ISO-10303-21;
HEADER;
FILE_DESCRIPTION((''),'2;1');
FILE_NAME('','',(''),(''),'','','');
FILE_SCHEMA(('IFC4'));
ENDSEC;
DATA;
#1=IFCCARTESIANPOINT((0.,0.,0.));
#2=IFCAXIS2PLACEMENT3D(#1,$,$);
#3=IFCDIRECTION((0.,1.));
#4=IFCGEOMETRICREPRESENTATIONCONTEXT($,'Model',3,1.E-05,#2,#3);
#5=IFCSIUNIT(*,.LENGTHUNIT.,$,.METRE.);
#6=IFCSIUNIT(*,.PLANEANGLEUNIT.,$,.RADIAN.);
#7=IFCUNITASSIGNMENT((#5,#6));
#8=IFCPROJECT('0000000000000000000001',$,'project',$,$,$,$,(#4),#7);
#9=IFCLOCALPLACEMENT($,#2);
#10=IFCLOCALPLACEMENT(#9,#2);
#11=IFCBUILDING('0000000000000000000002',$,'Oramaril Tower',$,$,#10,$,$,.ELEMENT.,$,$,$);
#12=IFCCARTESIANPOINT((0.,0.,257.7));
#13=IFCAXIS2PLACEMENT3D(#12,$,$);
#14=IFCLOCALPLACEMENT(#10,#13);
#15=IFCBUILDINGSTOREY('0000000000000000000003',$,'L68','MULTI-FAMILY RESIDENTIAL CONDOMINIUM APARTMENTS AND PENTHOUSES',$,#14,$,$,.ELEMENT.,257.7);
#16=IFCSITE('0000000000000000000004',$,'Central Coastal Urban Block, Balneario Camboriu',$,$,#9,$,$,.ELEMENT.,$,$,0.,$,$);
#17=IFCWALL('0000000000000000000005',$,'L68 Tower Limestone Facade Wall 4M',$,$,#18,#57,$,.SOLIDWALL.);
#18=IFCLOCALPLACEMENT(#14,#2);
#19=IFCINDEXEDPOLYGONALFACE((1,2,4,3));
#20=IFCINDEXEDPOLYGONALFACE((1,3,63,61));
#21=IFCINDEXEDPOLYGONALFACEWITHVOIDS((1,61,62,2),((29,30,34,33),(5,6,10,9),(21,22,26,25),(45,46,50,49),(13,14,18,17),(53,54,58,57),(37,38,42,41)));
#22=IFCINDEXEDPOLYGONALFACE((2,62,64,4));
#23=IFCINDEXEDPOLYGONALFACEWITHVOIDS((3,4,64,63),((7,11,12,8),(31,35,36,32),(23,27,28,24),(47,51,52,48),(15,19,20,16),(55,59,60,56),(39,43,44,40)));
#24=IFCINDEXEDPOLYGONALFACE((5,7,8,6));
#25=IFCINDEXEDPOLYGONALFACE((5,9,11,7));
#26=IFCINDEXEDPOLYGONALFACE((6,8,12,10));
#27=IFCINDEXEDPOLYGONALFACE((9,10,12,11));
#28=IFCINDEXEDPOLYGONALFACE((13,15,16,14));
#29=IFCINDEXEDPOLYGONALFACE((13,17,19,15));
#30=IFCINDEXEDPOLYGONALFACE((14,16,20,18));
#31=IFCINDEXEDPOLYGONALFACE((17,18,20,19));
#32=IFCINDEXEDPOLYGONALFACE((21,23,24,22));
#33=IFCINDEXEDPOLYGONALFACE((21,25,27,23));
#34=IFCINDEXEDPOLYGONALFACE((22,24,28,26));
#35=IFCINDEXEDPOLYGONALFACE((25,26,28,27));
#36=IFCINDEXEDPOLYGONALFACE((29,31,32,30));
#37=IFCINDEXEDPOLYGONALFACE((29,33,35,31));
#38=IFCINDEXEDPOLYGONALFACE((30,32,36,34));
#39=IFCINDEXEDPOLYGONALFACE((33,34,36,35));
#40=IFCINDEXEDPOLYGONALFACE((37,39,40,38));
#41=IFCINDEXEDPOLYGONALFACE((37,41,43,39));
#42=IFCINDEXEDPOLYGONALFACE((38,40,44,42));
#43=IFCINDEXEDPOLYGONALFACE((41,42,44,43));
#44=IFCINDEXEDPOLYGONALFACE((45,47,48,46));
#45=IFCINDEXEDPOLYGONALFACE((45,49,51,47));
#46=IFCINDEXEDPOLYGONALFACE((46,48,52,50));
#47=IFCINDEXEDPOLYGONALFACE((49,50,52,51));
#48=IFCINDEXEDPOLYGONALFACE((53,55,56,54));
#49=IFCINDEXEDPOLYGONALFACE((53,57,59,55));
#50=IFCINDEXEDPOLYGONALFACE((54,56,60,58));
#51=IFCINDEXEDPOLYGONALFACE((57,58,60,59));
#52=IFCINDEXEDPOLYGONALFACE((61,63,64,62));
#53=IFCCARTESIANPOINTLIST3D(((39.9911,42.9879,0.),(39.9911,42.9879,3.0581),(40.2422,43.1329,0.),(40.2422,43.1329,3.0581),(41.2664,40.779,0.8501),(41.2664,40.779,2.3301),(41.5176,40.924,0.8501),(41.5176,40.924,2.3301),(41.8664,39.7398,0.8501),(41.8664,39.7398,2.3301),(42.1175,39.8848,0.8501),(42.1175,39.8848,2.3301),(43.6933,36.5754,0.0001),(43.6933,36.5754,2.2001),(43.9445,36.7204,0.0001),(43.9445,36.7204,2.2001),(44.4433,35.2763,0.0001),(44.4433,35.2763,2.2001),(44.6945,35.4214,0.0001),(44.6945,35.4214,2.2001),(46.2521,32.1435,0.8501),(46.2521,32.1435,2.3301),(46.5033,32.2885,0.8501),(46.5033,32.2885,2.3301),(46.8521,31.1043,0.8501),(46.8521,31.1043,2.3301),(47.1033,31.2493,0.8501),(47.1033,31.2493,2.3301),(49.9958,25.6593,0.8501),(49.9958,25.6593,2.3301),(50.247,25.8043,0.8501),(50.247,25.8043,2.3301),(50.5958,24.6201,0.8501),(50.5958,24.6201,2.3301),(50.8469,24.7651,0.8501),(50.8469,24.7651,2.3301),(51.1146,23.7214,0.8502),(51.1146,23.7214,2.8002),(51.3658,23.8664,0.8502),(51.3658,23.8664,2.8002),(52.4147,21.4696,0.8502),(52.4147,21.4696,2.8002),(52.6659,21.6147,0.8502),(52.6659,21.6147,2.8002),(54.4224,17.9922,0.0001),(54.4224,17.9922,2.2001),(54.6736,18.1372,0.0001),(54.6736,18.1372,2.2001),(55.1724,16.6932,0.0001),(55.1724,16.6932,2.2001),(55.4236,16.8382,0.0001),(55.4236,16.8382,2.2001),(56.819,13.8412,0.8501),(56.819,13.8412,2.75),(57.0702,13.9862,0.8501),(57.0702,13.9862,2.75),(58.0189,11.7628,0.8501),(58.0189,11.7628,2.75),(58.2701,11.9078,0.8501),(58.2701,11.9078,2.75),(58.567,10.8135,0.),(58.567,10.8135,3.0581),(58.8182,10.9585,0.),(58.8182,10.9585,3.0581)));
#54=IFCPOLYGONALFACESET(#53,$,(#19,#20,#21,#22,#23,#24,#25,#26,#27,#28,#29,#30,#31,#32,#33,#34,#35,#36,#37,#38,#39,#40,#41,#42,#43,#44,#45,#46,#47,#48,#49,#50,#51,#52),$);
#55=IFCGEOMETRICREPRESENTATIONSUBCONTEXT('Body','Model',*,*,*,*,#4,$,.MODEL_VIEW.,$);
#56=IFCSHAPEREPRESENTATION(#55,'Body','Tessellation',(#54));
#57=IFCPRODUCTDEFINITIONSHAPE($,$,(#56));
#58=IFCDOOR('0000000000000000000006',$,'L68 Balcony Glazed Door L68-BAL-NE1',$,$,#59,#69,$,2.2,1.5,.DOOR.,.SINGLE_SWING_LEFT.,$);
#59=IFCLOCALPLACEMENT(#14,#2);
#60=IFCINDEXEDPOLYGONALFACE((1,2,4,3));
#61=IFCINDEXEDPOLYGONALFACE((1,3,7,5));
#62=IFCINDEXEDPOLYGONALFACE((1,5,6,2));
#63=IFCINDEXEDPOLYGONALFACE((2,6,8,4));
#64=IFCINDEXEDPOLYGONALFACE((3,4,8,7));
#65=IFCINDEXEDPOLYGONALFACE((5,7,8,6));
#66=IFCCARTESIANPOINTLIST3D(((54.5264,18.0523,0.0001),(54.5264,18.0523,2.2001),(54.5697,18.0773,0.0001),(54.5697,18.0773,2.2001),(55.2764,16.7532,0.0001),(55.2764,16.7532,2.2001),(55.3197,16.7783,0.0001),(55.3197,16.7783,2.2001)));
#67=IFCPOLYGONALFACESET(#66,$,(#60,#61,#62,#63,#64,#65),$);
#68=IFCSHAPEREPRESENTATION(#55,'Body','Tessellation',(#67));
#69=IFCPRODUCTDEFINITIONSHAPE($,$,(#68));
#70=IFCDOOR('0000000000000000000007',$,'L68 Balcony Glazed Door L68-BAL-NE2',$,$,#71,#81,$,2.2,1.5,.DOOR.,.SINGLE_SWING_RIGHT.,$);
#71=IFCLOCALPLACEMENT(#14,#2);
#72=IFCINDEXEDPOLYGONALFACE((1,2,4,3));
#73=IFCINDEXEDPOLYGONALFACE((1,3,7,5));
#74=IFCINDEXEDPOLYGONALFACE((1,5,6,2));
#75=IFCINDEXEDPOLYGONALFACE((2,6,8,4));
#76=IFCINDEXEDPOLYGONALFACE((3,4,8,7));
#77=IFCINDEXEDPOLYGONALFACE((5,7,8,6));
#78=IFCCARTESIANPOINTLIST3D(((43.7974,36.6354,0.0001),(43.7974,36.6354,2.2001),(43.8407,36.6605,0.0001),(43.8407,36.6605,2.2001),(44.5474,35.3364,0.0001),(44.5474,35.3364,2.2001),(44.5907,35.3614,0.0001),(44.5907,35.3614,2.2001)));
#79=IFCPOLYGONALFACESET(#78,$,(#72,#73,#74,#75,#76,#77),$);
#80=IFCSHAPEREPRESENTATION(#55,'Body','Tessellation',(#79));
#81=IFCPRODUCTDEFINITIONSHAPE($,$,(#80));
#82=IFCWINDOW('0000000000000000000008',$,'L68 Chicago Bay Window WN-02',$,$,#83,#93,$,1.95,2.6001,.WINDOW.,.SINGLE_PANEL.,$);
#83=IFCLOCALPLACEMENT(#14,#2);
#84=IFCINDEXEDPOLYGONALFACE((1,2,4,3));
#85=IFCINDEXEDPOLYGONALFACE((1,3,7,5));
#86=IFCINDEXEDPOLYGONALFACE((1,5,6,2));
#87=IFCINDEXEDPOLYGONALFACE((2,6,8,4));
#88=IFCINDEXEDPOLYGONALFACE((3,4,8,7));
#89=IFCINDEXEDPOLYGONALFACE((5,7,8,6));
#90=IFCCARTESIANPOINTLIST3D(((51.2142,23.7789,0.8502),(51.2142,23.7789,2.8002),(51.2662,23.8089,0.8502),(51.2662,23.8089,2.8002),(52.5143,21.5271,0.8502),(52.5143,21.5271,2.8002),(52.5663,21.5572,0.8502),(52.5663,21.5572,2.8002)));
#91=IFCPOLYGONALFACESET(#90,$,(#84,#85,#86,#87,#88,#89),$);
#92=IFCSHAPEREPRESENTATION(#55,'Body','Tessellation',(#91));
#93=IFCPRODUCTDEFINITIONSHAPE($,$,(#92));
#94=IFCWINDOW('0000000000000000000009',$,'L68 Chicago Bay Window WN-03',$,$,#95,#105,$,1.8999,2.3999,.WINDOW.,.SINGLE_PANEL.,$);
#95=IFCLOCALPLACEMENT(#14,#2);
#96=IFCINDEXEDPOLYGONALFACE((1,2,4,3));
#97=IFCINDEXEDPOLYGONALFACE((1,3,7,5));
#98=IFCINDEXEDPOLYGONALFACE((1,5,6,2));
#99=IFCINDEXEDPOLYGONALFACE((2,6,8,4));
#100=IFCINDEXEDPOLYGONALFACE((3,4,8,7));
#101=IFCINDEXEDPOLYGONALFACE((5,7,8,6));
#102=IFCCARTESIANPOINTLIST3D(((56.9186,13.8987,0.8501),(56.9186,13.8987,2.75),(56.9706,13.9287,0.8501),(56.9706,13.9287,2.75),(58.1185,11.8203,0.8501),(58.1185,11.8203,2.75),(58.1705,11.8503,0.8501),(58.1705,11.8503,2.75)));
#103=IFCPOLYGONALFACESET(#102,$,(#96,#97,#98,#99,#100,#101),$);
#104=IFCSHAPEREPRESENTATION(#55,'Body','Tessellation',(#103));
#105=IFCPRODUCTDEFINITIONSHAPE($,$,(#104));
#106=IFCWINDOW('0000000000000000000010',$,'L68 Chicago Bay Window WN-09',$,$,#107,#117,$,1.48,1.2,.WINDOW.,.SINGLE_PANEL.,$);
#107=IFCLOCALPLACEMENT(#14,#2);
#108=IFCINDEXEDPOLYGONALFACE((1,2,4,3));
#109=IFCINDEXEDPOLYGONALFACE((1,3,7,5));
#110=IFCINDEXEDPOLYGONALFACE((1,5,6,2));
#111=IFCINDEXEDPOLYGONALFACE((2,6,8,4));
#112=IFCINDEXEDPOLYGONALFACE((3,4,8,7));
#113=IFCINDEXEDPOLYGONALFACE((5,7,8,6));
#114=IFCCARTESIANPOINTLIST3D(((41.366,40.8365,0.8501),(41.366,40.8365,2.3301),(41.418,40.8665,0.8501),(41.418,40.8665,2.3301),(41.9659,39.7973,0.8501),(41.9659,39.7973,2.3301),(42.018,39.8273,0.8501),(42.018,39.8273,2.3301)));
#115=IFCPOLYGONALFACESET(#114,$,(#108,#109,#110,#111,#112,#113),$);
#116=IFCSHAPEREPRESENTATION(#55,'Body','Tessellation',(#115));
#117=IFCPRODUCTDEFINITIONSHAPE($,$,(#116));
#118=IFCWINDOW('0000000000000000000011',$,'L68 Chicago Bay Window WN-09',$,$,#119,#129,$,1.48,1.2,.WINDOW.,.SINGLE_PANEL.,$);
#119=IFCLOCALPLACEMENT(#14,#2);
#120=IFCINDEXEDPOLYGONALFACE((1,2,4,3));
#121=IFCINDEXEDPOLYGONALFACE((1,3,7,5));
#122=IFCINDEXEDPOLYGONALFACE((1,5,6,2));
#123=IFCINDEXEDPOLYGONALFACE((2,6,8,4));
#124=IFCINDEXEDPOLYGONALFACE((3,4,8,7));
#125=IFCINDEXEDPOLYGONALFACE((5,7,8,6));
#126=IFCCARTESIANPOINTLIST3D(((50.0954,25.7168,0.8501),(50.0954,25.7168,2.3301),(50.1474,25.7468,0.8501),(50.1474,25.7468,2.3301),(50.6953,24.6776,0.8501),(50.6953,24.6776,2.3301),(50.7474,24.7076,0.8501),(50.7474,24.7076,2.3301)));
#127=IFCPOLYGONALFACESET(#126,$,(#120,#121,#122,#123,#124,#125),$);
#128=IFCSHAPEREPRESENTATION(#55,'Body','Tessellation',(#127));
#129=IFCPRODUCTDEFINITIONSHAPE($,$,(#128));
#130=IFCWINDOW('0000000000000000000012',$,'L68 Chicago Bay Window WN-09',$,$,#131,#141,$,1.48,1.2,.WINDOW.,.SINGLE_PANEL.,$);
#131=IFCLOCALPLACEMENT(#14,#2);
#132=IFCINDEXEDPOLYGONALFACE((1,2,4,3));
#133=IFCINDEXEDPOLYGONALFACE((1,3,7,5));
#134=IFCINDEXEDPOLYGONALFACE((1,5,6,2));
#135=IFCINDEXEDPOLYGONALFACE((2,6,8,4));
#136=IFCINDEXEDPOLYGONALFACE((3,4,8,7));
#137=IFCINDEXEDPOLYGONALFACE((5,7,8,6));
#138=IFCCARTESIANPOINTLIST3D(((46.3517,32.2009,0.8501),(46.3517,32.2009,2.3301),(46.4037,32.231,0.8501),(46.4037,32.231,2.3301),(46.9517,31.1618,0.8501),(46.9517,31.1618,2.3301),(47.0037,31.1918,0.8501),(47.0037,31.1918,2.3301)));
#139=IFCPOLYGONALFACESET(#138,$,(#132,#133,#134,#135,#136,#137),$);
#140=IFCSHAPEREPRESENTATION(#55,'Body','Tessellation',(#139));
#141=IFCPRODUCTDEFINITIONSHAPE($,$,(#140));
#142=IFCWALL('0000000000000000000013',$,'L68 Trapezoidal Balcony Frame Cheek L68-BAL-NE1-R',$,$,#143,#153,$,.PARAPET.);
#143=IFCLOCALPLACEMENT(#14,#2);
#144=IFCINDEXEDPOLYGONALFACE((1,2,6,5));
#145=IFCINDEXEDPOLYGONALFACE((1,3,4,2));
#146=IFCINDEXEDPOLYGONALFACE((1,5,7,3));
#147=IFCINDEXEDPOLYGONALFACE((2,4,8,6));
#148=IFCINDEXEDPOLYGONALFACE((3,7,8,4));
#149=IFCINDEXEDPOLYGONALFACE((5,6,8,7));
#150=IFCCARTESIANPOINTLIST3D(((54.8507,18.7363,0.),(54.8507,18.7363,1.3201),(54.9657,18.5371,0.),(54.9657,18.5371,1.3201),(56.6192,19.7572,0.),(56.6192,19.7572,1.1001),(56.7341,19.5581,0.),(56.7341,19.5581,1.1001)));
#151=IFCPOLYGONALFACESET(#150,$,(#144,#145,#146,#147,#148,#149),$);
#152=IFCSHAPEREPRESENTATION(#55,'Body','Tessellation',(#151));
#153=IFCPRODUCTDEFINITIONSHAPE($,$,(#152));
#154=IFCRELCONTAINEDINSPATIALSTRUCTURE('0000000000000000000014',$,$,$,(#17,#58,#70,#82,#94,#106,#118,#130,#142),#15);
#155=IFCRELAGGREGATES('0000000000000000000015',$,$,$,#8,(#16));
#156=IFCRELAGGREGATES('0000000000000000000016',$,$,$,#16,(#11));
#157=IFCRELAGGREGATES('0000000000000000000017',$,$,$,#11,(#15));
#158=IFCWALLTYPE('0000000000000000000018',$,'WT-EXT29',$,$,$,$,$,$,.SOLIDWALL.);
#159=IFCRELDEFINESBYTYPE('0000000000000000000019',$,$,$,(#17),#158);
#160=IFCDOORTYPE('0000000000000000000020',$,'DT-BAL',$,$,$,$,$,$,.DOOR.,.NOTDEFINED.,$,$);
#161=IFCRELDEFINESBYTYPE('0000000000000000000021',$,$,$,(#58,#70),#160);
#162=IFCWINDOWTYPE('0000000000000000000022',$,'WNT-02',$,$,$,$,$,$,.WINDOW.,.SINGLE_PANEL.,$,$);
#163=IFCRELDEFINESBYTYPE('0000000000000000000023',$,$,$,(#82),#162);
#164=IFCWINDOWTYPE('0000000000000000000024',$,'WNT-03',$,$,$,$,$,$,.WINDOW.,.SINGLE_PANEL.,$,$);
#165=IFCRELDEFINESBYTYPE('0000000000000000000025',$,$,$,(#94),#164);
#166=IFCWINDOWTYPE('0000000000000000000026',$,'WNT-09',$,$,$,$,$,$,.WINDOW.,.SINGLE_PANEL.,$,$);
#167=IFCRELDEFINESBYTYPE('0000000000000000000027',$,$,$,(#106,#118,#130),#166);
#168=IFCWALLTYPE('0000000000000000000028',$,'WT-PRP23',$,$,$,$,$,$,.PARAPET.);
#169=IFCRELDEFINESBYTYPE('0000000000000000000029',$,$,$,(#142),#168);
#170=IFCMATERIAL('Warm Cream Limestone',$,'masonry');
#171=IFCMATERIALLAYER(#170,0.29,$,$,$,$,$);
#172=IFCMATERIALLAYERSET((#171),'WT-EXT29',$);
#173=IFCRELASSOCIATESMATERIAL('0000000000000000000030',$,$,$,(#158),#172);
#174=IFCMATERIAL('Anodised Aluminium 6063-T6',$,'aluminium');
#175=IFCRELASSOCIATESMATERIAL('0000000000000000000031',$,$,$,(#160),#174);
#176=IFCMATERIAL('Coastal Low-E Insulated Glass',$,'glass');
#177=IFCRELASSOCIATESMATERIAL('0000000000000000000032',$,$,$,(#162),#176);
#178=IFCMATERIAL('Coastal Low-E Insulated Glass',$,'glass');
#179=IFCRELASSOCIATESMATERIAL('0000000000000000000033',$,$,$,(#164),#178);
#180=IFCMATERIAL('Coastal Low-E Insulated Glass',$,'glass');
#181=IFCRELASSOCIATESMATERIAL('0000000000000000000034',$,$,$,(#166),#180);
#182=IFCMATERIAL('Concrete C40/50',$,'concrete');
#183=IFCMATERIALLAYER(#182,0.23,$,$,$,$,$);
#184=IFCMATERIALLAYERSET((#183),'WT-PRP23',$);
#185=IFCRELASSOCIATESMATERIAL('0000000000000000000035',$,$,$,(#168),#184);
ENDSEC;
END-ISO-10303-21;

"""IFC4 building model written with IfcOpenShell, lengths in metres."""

from ifc_helpers import new_model, si_unit, direction, frame, frame_2d, origin, place, context, subcontext, project, spatial, polyline, rectangle, outline, extrude, material, layer, layer_set, type_object, element, fill, save


model = new_model("IFC4")

# Units and contexts
model_context = context("Model", 3, precision=1e-05, world=origin(), true_north=direction((0.0, 1.0)))
body_context = subcontext(model_context, "Body", "Model", "MODEL_VIEW")
ifc_project = project(units=[si_unit("LENGTHUNIT", "METRE"), si_unit("PLANEANGLEUNIT", "RADIAN")], contexts=[model_context])

# Site, building, storey
site_placement = place(None, origin())
site = spatial("IfcSite", under=ifc_project, at=site_placement, Name="Central Coastal Urban Block, Balneario Camboriu", CompositionType="ELEMENT", RefElevation=0.0)
building_placement = place(site_placement, origin())
building = spatial("IfcBuilding", under=site, at=building_placement, Name="Oramaril Tower", CompositionType="ELEMENT")
storey_placement = place(building_placement, frame((0.0, 0.0, 257.7)))
storey = spatial("IfcBuildingStorey", under=building, at=storey_placement, Name="L68", Description="MULTI-FAMILY RESIDENTIAL CONDOMINIUM APARTMENTS AND PENTHOUSES", CompositionType="ELEMENT", Elevation=257.7)

# Wall, openings, doors, windows
ifc_material_1 = material(Name="Warm Cream Limestone", Category="masonry")
ifc_layer_1 = layer(ifc_material_1, 0.29)
ifc_layer_set_1 = layer_set([ifc_layer_1], Name="WT-EXT29")
wall_type_1 = type_object("IfcWallType", Name="WT-EXT29", PredefinedType="SOLIDWALL", material=ifc_layer_set_1)
wall_1_placement = place(storey_placement, frame((58.6926, 10.886, 0.0), z_axis=(0.0, 0.0, 1.0), x_axis=(-0.500002, 0.866025, 0.0)))
wall_1 = element("IfcWall", 1, at=wall_1_placement, inside=storey, type_object=wall_type_1, Name="L68 Tower Limestone Facade Wall 4M", PredefinedType="SOLIDWALL", context=body_context, shape_type="SweptSolid", body=[
    extrude(rectangle(XDim=37.1519, YDim=0.29, at=frame_2d((18.5759, 0.0))), origin(), (0.0, 0.0, 1.0), 3.0581),
])
opening_1_placement = place(wall_1_placement, frame((6.7893, 0.0, 0.0)))
opening_1 = element("IfcOpeningElement", 2, at=opening_1_placement, cuts=wall_1, PredefinedType="OPENING", context=body_context, shape_type="SweptSolid", body=[
    extrude(rectangle(XDim=1.5, YDim=2.2, at=frame_2d((0.75, 1.1001))), frame((0.0, 0.145, 0.0), z_axis=(0.0, -1.0, 0.0), x_axis=(1.0, 0.0, 0.0)), (0.0, 0.0, 1.0), 0.29),
])
opening_2_placement = place(wall_1_placement, frame((28.2473, 0.0, 0.0)))
opening_2 = element("IfcOpeningElement", 3, at=opening_2_placement, cuts=wall_1, PredefinedType="OPENING", context=body_context, shape_type="SweptSolid", body=[
    extrude(rectangle(XDim=1.5, YDim=2.2, at=frame_2d((0.75, 1.1001))), frame((0.0, 0.145, 0.0), z_axis=(0.0, -1.0, 0.0), x_axis=(1.0, 0.0, 0.0)), (0.0, 0.0, 1.0), 0.29),
])
opening_3_placement = place(wall_1_placement, frame((12.3047, 0.0, 0.8501)))
opening_3 = element("IfcOpeningElement", 4, at=opening_3_placement, cuts=wall_1, PredefinedType="OPENING", context=body_context, shape_type="SweptSolid", body=[
    extrude(rectangle(XDim=2.6001, YDim=1.95, at=frame_2d((1.3, 0.9751))), frame((0.0, 0.145, 0.0), z_axis=(0.0, -1.0, 0.0), x_axis=(1.0, 0.0, 0.0)), (0.0, 0.0, 1.0), 0.29),
])
opening_4_placement = place(wall_1_placement, frame((1.0962, 0.0, 0.8501)))
opening_4 = element("IfcOpeningElement", 5, at=opening_4_placement, cuts=wall_1, PredefinedType="OPENING", context=body_context, shape_type="SweptSolid", body=[
    extrude(rectangle(XDim=2.3999, YDim=1.8999, at=frame_2d((1.2, 0.95))), frame((0.0, 0.145, 0.0), z_axis=(0.0, -1.0, 0.0), x_axis=(1.0, 0.0, 0.0)), (0.0, 0.0, 1.0), 0.29),
])
opening_5_placement = place(wall_1_placement, frame((33.4011, 0.0, 0.8501)))
opening_5 = element("IfcOpeningElement", 6, at=opening_5_placement, cuts=wall_1, PredefinedType="OPENING", context=body_context, shape_type="SweptSolid", body=[
    extrude(rectangle(XDim=1.2, YDim=1.48, at=frame_2d((0.6001, 0.74))), frame((0.0, 0.145, 0.0), z_axis=(0.0, -1.0, 0.0), x_axis=(1.0, 0.0, 0.0)), (0.0, 0.0, 1.0), 0.29),
])
opening_6_placement = place(wall_1_placement, frame((15.9424, 0.0, 0.8501)))
opening_6 = element("IfcOpeningElement", 7, at=opening_6_placement, cuts=wall_1, PredefinedType="OPENING", context=body_context, shape_type="SweptSolid", body=[
    extrude(rectangle(XDim=1.2, YDim=1.48, at=frame_2d((0.6001, 0.74))), frame((0.0, 0.145, 0.0), z_axis=(0.0, -1.0, 0.0), x_axis=(1.0, 0.0, 0.0)), (0.0, 0.0, 1.0), 0.29),
])
opening_7_placement = place(wall_1_placement, frame((23.4297, 0.0, 0.8501)))
opening_7 = element("IfcOpeningElement", 8, at=opening_7_placement, cuts=wall_1, PredefinedType="OPENING", context=body_context, shape_type="SweptSolid", body=[
    extrude(rectangle(XDim=1.2, YDim=1.48, at=frame_2d((0.6001, 0.74))), frame((0.0, 0.145, 0.0), z_axis=(0.0, -1.0, 0.0), x_axis=(1.0, 0.0, 0.0)), (0.0, 0.0, 1.0), 0.29),
])
ifc_material_2 = material(Name="Anodised Aluminium 6063-T6", Category="aluminium")
door_type = type_object("IfcDoorType", Name="DT-BAL", OperationType="NOTDEFINED", PredefinedType="DOOR", material=ifc_material_2)
door_1_placement = place(opening_1_placement, origin())
door_1 = element("IfcDoor", 9, at=door_1_placement, inside=storey, type_object=door_type, Name="L68 Balcony Glazed Door L68-BAL-NE1", OperationType="SINGLE_SWING_LEFT", OverallHeight=2.2, OverallWidth=1.5, PredefinedType="DOOR", context=body_context, shape_type="SweptSolid", body=[
    extrude(rectangle(XDim=1.5, YDim=2.2, at=frame_2d((0.75, 1.1001))), frame((0.0, 0.0249, 0.0), z_axis=(0.0, -1.0, 0.0), x_axis=(1.0, 0.0, 0.0)), (0.0, 0.0, 1.0), 0.05),
])
fill(opening_1, door_1)
door_2_placement = place(opening_2_placement, origin())
door_2 = element("IfcDoor", 10, at=door_2_placement, inside=storey, type_object=door_type, Name="L68 Balcony Glazed Door L68-BAL-NE2", OperationType="SINGLE_SWING_RIGHT", OverallHeight=2.2, OverallWidth=1.5, PredefinedType="DOOR", context=body_context, shape_type="SweptSolid", body=[
    extrude(rectangle(XDim=1.5, YDim=2.2, at=frame_2d((0.75, 1.1001))), frame((0.0, 0.0249, 0.0), z_axis=(0.0, -1.0, 0.0), x_axis=(1.0, 0.0, 0.0)), (0.0, 0.0, 1.0), 0.05),
])
fill(opening_2, door_2)
ifc_material_3 = material(Name="Coastal Low-E Insulated Glass", Category="glass")
window_type_1 = type_object("IfcWindowType", Name="WNT-02", PartitioningType="SINGLE_PANEL", PredefinedType="WINDOW", material=ifc_material_3)
window_1_placement = place(opening_3_placement, origin())
window_1 = element("IfcWindow", 11, at=window_1_placement, inside=storey, type_object=window_type_1, Name="L68 Chicago Bay Window WN-02", OverallHeight=1.95, OverallWidth=2.6001, PartitioningType="SINGLE_PANEL", PredefinedType="WINDOW", context=body_context, shape_type="SweptSolid", body=[
    extrude(rectangle(XDim=2.6001, YDim=1.95, at=frame_2d((1.3, 0.9751))), frame((0.0, 0.03, 0.0), z_axis=(0.0, -1.0, 0.0), x_axis=(1.0, 0.0, 0.0)), (0.0, 0.0, 1.0), 0.0601),
])
fill(opening_3, window_1)
ifc_material_4 = material(Name="Coastal Low-E Insulated Glass", Category="glass")
window_type_2 = type_object("IfcWindowType", Name="WNT-03", PartitioningType="SINGLE_PANEL", PredefinedType="WINDOW", material=ifc_material_4)
window_2_placement = place(opening_4_placement, origin())
window_2 = element("IfcWindow", 12, at=window_2_placement, inside=storey, type_object=window_type_2, Name="L68 Chicago Bay Window WN-03", OverallHeight=1.8999, OverallWidth=2.3999, PartitioningType="SINGLE_PANEL", PredefinedType="WINDOW", context=body_context, shape_type="SweptSolid", body=[
    extrude(rectangle(XDim=2.3999, YDim=1.8999, at=frame_2d((1.2, 0.95))), frame((0.0, 0.03, 0.0), z_axis=(0.0, -1.0, 0.0), x_axis=(1.0, 0.0, 0.0)), (0.0, 0.0, 1.0), 0.0601),
])
fill(opening_4, window_2)
ifc_material_5 = material(Name="Coastal Low-E Insulated Glass", Category="glass")
window_type_3 = type_object("IfcWindowType", Name="WNT-09", PartitioningType="SINGLE_PANEL", PredefinedType="WINDOW", material=ifc_material_5)
window_3_placement = place(opening_5_placement, origin())
window_3 = element("IfcWindow", 13, at=window_3_placement, inside=storey, type_object=window_type_3, Name="L68 Chicago Bay Window WN-09", OverallHeight=1.48, OverallWidth=1.2, PartitioningType="SINGLE_PANEL", PredefinedType="WINDOW", context=body_context, shape_type="SweptSolid", body=[
    extrude(rectangle(XDim=1.2, YDim=1.48, at=frame_2d((0.6001, 0.74))), frame((0.0, 0.03, 0.0), z_axis=(0.0, -1.0, 0.0), x_axis=(1.0, 0.0, 0.0)), (0.0, 0.0, 1.0), 0.0601),
])
fill(opening_5, window_3)
window_4_placement = place(opening_6_placement, origin())
window_4 = element("IfcWindow", 14, at=window_4_placement, inside=storey, type_object=window_type_3, Name="L68 Chicago Bay Window WN-09", OverallHeight=1.48, OverallWidth=1.2, PartitioningType="SINGLE_PANEL", PredefinedType="WINDOW", context=body_context, shape_type="SweptSolid", body=[
    extrude(rectangle(XDim=1.2, YDim=1.48, at=frame_2d((0.6001, 0.74))), frame((0.0, 0.03, 0.0), z_axis=(0.0, -1.0, 0.0), x_axis=(1.0, 0.0, 0.0)), (0.0, 0.0, 1.0), 0.0601),
])
fill(opening_6, window_4)
window_5_placement = place(opening_7_placement, origin())
window_5 = element("IfcWindow", 15, at=window_5_placement, inside=storey, type_object=window_type_3, Name="L68 Chicago Bay Window WN-09", OverallHeight=1.48, OverallWidth=1.2, PartitioningType="SINGLE_PANEL", PredefinedType="WINDOW", context=body_context, shape_type="SweptSolid", body=[
    extrude(rectangle(XDim=1.2, YDim=1.48, at=frame_2d((0.6001, 0.74))), frame((0.0, 0.03, 0.0), z_axis=(0.0, -1.0, 0.0), x_axis=(1.0, 0.0, 0.0)), (0.0, 0.0, 1.0), 0.0601),
])
fill(opening_7, window_5)

# Wall
ifc_material_6 = material(Name="Concrete C40/50", Category="concrete")
ifc_layer_2 = layer(ifc_material_6, 0.23)
ifc_layer_set_2 = layer_set([ifc_layer_2], Name="WT-PRP23")
wall_type_2 = type_object("IfcWallType", Name="WT-PRP23", PredefinedType="PARAPET", material=ifc_layer_set_2)
wall_2_placement = place(storey_placement, frame((54.9082, 18.6367, 0.0), z_axis=(0.0, 0.0, 1.0), x_axis=(0.866042, 0.499971, 0.0)))
element("IfcWall", 16, at=wall_2_placement, inside=storey, type_object=wall_type_2, Name="L68 Trapezoidal Balcony Frame Cheek L68-BAL-NE1-R", PredefinedType="PARAPET", context=body_context, shape_type="SweptSolid", body=[
    extrude(outline(polyline([(0.0, 0.0), (2.042, 0.0), (2.042, 1.1001), (0.0, 1.3201), (0.0, 0.0)])), frame((0.0, 0.115, 0.0), z_axis=(0.0, -1.0, 0.0), x_axis=(1.0, 0.0, 0.0)), (0.0, 0.0, 1.0), 0.23),
])

save(model, "model.ifc")
